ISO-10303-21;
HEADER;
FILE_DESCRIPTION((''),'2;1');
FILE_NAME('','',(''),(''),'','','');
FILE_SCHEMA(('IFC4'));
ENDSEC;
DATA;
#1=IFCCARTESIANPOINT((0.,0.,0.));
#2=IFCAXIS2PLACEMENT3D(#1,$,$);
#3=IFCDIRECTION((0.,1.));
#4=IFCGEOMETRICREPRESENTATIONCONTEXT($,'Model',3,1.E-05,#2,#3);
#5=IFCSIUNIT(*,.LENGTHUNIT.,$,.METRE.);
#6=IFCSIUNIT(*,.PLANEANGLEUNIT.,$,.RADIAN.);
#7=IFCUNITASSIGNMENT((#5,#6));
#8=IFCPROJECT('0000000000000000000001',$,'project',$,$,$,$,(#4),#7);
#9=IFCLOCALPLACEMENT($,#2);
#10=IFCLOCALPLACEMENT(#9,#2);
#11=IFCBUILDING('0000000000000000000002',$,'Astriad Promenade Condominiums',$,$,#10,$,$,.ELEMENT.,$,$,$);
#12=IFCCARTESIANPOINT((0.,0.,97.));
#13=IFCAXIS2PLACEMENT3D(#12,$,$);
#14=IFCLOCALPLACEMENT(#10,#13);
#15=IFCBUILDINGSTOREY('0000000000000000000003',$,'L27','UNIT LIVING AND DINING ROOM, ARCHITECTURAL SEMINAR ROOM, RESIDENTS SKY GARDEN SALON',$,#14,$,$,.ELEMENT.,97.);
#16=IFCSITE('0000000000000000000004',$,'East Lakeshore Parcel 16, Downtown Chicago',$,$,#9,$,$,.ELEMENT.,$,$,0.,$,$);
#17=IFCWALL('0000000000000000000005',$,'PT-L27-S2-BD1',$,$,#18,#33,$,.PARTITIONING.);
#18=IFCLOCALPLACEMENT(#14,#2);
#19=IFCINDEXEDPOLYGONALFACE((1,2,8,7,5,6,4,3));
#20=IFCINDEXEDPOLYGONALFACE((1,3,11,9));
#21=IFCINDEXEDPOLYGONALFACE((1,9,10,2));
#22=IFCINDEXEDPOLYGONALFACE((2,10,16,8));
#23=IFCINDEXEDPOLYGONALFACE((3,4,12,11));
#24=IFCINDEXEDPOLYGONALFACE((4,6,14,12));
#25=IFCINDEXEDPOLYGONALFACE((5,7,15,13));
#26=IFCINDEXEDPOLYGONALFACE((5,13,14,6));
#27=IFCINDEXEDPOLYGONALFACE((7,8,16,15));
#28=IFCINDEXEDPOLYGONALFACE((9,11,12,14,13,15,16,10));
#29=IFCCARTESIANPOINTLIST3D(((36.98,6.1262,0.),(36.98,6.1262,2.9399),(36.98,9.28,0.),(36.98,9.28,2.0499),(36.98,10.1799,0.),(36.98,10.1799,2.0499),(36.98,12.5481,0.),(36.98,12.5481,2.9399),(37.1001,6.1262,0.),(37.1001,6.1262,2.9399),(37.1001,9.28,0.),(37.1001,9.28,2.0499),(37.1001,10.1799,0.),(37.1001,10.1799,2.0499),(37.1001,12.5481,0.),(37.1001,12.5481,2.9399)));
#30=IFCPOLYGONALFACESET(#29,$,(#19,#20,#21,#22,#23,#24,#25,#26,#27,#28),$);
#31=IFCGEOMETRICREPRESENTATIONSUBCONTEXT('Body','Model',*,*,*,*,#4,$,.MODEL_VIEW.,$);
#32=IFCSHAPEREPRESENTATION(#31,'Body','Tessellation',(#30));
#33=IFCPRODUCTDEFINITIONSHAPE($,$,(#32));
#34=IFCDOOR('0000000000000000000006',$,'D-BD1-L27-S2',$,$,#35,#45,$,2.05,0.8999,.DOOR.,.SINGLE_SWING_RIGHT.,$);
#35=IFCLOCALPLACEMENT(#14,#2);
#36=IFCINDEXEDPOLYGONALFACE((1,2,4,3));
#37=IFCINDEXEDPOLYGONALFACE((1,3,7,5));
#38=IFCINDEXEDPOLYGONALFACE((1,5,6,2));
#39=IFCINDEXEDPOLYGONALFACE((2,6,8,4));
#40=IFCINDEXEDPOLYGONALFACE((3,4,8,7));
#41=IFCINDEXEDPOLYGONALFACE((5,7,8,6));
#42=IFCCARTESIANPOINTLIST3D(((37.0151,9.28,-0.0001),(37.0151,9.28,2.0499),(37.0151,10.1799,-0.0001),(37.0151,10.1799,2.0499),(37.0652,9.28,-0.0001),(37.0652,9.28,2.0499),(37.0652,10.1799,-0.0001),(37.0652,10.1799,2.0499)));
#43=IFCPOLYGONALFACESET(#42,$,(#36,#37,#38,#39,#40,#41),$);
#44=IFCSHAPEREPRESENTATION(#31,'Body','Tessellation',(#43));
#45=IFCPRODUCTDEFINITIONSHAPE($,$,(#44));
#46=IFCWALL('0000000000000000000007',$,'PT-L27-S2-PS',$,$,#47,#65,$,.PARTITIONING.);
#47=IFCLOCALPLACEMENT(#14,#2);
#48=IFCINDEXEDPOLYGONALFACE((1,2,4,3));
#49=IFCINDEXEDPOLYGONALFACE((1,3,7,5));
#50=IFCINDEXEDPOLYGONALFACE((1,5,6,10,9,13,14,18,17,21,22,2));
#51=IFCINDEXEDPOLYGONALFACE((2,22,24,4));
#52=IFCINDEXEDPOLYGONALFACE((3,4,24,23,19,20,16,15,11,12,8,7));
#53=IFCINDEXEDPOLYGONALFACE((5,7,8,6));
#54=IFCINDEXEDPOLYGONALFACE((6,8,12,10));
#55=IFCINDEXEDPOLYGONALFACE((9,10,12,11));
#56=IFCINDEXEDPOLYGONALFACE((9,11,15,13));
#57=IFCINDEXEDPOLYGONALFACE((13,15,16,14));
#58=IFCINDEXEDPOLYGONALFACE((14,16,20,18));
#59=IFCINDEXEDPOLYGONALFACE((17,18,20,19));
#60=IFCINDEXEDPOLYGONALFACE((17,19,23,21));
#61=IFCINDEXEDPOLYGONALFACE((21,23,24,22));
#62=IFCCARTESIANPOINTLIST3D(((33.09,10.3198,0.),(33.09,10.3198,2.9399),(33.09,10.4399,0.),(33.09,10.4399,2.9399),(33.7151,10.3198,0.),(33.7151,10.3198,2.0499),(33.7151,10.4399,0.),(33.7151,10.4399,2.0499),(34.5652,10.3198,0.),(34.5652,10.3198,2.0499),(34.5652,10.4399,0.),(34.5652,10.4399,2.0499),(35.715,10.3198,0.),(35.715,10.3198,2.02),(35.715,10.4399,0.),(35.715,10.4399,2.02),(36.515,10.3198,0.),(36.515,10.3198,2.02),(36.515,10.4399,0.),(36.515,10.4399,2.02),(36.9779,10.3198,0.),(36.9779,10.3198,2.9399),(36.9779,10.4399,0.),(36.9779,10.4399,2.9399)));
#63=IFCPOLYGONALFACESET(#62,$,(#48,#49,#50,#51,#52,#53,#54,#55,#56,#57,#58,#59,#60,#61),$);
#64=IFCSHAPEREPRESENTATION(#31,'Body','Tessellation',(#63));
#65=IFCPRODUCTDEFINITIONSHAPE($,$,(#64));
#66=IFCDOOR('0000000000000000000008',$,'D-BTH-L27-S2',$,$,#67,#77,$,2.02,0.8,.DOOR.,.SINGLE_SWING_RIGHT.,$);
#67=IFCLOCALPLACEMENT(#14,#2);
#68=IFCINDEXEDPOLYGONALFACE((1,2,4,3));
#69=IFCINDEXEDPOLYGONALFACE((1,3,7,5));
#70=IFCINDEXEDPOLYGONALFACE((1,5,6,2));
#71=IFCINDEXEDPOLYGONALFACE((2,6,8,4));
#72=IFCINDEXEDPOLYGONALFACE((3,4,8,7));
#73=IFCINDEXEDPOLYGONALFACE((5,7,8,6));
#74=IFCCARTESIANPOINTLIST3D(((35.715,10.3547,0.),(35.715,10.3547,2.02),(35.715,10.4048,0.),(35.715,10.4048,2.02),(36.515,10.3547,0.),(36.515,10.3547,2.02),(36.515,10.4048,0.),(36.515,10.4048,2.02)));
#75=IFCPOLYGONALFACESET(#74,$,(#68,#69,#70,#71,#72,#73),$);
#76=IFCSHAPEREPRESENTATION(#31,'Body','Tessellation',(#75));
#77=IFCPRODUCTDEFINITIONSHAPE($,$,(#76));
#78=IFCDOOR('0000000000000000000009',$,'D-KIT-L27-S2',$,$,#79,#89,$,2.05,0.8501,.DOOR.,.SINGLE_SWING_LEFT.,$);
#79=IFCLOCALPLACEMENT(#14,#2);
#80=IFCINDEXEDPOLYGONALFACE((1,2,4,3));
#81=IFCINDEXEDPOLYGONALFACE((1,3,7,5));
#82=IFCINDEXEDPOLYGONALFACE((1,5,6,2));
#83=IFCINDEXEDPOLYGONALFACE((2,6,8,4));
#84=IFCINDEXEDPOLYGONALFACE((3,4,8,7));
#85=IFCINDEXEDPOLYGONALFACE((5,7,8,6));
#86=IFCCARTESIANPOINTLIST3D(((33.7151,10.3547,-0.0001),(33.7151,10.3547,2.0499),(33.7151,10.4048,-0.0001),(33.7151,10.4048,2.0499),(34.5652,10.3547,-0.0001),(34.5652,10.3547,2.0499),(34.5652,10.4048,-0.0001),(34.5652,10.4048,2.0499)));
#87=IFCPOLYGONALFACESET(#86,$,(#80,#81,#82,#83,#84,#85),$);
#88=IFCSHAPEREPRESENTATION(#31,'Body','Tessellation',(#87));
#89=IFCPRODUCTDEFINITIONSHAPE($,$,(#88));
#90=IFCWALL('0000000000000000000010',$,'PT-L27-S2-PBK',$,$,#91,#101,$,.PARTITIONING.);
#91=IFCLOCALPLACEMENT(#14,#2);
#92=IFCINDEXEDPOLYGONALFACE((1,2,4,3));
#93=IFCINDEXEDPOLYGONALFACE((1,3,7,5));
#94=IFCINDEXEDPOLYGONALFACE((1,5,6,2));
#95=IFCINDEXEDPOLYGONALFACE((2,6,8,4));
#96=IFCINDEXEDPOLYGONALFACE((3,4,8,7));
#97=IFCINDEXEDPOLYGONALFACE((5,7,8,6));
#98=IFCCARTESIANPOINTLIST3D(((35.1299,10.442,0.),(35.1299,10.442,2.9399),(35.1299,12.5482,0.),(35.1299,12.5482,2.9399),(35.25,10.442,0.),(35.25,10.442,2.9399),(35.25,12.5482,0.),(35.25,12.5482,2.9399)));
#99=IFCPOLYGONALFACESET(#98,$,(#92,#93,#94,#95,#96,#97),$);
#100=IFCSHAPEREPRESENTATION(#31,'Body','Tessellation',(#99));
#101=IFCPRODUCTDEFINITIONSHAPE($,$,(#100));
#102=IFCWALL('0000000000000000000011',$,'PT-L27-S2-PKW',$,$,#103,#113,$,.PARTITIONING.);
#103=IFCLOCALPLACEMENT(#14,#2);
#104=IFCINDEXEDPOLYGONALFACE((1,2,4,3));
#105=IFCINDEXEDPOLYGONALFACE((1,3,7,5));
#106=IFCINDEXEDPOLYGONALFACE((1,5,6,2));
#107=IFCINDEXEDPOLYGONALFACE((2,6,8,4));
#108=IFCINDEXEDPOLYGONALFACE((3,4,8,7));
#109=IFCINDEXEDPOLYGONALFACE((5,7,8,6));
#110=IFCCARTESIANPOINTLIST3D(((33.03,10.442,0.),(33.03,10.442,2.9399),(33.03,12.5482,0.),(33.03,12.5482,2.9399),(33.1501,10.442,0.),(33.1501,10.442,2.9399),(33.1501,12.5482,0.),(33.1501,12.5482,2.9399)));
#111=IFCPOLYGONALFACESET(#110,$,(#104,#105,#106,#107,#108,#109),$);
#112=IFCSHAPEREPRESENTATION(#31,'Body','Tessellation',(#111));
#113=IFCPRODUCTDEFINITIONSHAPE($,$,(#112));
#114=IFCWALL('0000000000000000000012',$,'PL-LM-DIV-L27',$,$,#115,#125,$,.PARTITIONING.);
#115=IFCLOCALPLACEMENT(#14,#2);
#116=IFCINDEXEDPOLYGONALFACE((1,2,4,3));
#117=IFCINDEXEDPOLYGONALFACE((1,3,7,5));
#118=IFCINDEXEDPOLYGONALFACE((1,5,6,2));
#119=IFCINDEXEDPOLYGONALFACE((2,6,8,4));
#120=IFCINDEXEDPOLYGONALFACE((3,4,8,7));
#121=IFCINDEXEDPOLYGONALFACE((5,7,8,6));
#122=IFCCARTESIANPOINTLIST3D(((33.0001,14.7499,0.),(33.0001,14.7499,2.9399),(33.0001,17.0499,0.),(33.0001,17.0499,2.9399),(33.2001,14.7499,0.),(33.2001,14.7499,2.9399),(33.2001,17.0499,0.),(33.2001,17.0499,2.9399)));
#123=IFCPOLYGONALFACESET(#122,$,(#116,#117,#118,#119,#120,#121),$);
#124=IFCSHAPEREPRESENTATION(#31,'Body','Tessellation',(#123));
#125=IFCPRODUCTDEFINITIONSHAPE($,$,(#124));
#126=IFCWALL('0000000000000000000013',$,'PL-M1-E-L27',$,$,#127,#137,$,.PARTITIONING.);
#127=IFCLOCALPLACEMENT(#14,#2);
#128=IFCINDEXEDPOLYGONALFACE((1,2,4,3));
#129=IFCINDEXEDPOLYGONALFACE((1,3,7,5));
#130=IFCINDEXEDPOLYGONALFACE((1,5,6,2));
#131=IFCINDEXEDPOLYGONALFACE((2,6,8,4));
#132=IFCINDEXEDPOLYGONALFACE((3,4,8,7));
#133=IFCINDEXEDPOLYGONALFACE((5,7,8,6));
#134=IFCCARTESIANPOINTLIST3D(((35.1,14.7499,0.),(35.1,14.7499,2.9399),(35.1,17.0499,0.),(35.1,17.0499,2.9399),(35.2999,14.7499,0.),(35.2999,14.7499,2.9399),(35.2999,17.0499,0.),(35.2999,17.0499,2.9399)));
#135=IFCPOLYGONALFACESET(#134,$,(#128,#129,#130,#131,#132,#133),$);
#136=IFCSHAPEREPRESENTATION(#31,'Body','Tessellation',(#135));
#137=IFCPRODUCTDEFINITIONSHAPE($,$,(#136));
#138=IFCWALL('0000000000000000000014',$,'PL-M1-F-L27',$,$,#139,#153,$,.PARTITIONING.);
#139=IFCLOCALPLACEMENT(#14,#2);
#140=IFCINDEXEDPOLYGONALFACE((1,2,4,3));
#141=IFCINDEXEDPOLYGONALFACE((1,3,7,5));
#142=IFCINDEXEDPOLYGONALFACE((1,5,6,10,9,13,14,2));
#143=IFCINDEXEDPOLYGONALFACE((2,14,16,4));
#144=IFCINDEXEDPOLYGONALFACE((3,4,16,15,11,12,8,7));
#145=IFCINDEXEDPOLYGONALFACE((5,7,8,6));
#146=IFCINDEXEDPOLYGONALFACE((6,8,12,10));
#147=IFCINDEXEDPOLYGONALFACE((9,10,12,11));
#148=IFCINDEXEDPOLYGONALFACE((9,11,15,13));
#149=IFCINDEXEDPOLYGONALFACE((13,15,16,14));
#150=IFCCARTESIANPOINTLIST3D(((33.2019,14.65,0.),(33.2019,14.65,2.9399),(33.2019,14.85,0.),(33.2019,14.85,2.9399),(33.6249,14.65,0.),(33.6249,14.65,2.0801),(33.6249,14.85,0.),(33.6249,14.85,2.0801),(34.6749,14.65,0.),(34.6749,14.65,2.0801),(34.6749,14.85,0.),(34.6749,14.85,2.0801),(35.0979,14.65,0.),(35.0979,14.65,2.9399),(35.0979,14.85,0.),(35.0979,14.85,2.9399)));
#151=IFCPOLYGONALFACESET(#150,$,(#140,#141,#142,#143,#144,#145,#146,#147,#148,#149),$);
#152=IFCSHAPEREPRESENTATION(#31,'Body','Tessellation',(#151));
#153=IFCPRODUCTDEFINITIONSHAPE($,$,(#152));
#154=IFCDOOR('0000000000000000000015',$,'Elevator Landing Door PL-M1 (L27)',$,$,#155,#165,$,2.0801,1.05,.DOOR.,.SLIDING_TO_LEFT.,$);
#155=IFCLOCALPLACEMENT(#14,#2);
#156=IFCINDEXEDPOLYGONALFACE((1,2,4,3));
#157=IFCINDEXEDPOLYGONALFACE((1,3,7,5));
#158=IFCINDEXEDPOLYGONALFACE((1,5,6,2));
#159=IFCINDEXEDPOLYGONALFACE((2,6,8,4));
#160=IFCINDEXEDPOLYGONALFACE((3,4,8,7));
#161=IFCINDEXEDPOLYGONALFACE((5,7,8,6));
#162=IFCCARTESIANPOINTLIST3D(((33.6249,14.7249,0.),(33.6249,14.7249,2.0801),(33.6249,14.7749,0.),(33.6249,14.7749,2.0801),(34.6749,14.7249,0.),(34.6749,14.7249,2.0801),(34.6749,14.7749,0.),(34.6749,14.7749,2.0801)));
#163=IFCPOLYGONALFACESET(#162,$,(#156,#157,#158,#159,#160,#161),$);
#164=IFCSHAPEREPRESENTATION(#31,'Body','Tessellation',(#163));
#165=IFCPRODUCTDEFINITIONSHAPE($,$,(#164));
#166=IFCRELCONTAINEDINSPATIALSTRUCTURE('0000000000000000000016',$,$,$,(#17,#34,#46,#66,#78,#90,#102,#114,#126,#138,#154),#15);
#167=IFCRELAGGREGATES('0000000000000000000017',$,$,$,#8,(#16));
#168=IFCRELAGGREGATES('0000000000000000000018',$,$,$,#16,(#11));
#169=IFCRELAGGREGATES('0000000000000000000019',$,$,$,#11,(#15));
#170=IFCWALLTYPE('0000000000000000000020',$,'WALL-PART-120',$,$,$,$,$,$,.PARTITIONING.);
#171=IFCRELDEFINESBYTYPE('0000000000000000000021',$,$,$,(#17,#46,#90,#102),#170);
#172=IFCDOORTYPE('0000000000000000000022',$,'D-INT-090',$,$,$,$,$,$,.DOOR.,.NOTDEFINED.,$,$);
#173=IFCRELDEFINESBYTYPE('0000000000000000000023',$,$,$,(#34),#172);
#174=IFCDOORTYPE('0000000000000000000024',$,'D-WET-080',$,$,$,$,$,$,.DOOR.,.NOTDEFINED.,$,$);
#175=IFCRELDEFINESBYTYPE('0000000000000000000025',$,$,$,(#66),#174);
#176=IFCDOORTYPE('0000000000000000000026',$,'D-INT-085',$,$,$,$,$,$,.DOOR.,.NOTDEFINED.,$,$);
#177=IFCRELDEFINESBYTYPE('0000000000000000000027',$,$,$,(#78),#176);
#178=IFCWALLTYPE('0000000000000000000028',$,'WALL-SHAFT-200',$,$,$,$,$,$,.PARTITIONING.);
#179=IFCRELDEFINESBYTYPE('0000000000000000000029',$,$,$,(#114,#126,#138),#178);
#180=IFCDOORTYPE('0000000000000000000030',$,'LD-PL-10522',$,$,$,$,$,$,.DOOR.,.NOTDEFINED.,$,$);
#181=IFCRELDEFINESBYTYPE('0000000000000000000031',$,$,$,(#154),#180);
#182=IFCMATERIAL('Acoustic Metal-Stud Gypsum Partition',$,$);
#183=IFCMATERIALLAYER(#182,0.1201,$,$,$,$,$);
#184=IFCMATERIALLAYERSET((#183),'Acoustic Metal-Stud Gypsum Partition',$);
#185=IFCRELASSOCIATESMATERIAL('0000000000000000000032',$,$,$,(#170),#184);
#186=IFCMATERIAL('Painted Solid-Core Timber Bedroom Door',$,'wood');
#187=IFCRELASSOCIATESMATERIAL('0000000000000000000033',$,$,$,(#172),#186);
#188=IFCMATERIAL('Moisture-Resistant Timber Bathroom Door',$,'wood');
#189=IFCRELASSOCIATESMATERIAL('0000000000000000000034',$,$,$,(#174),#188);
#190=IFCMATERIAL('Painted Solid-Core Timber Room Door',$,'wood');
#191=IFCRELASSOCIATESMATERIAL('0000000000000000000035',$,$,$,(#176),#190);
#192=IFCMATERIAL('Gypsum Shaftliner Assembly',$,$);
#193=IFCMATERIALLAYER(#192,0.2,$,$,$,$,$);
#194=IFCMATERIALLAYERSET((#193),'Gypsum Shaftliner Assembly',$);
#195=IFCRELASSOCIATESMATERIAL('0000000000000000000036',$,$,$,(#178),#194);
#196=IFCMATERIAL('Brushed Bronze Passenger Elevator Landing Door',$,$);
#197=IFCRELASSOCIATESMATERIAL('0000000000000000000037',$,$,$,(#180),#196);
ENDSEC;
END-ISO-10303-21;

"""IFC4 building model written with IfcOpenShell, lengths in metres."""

from ifc_helpers import new_model, si_unit, direction, frame, frame_2d, origin, place, context, subcontext, project, spatial, rectangle, extrude, source, transform, mapped, material, layer, layer_set, type_object, type_shapes, element, fill, save


model = new_model("IFC4")

# Units and contexts
model_context = context("Model", 3, precision=1e-05, world=origin(), true_north=direction((0.0, 1.0)))
body_context = subcontext(model_context, "Body", "Model", "MODEL_VIEW")
ifc_project = project(units=[si_unit("LENGTHUNIT", "METRE"), si_unit("PLANEANGLEUNIT", "RADIAN")], contexts=[model_context])

# Site, building, storey
site_placement = place(None, origin())
site = spatial("IfcSite", under=ifc_project, at=site_placement, Name="East Lakeshore Parcel 16, Downtown Chicago", CompositionType="ELEMENT", RefElevation=0.0)
building_placement = place(site_placement, origin())
building = spatial("IfcBuilding", under=site, at=building_placement, Name="Astriad Promenade Condominiums", CompositionType="ELEMENT")
storey_placement = place(building_placement, frame((0.0, 0.0, 97.0)))
storey = spatial("IfcBuildingStorey", under=building, at=storey_placement, Name="L27", Description="UNIT LIVING AND DINING ROOM, ARCHITECTURAL SEMINAR ROOM, RESIDENTS SKY GARDEN SALON", CompositionType="ELEMENT", Elevation=97.0)

# Wall, opening, door
ifc_material_1 = material(Name="Acoustic Metal-Stud Gypsum Partition")
ifc_layer_1 = layer(ifc_material_1, 0.1201)
ifc_layer_set_1 = layer_set([ifc_layer_1], Name="Acoustic Metal-Stud Gypsum Partition")
wall_type_1 = type_object("IfcWallType", Name="WALL-PART-120", PredefinedType="PARTITIONING", material=ifc_layer_set_1)
wall_1_placement = place(storey_placement, frame((37.04, 6.1262, 0.0), z_axis=(0.0, 0.0, 1.0), x_axis=(0.0, 1.0, 0.0)))
wall_1 = element("IfcWall", 1, at=wall_1_placement, inside=storey, type_object=wall_type_1, Name="PT-L27-S2-BD1", PredefinedType="PARTITIONING", context=body_context, shape_type="SweptSolid", body=[
    extrude(rectangle(XDim=6.4219, YDim=0.1201, at=frame_2d((3.2109, 0.0))), origin(), (0.0, 0.0, 1.0), 2.9399),
])
opening_1_placement = place(wall_1_placement, frame((3.1538, 0.0, 0.0)))
opening_1 = element("IfcOpeningElement", 2, at=opening_1_placement, cuts=wall_1, PredefinedType="OPENING", context=body_context, shape_type="SweptSolid", body=[
    extrude(rectangle(XDim=0.8999, YDim=2.05, at=frame_2d((0.45, 1.0249))), frame((0.0, 0.0701, 0.0), z_axis=(0.0, -1.0, 0.0), x_axis=(1.0, 0.0, 0.0)), (0.0, 0.0, 1.0), 0.1401),
])
ifc_material_2 = material(Name="Painted Solid-Core Timber Bedroom Door", Category="wood")
door_type_1 = type_object("IfcDoorType", Name="D-INT-090", OperationType="NOTDEFINED", PredefinedType="DOOR", material=ifc_material_2)
shared_shape_1 = source(origin(), body_context, "Body", "SweptSolid", [
    extrude(rectangle(XDim=0.8999, YDim=2.05, at=frame_2d((0.45, 1.0249))), frame((0.0, 0.0249, 0.0), z_axis=(0.0, -1.0, 0.0), x_axis=(1.0, 0.0, 0.0)), (0.0, 0.0, 1.0), 0.05),
])
type_shapes(door_type_1, [shared_shape_1])
door_1_placement = place(opening_1_placement, origin())
door_1 = element("IfcDoor", 3, at=door_1_placement, inside=storey, type_object=door_type_1, Name="D-BD1-L27-S2", OperationType="SINGLE_SWING_RIGHT", OverallHeight=2.05, OverallWidth=0.8999, PredefinedType="DOOR", context=body_context, shape_type="MappedRepresentation", body=[
    mapped(shared_shape_1, transform((0.0, 0.0, 0.0), scale=1.0)),
])
fill(opening_1, door_1)

# Wall, openings, doors
wall_2_placement = place(storey_placement, frame((33.0901, 10.3799, 0.0), z_axis=(0.0, 0.0, 1.0), x_axis=(1.0, 0.0, 0.0)))
wall_2 = element("IfcWall", 4, at=wall_2_placement, inside=storey, type_object=wall_type_1, Name="PT-L27-S2-PS", PredefinedType="PARTITIONING", context=body_context, shape_type="SweptSolid", body=[
    extrude(rectangle(XDim=3.8879, YDim=0.1201, at=frame_2d((1.9438, 0.0))), origin(), (0.0, 0.0, 1.0), 2.9399),
])
opening_2_placement = place(wall_2_placement, frame((0.625, 0.0, 0.0)))
opening_2 = element("IfcOpeningElement", 5, at=opening_2_placement, cuts=wall_2, PredefinedType="OPENING", context=body_context, shape_type="SweptSolid", body=[
    extrude(rectangle(XDim=0.8501, YDim=2.05, at=frame_2d((0.425, 1.0249))), frame((0.0, 0.0701, 0.0), z_axis=(0.0, -1.0, 0.0), x_axis=(1.0, 0.0, 0.0)), (0.0, 0.0, 1.0), 0.1401),
])
opening_3_placement = place(wall_2_placement, frame((2.625, 0.0, 0.0)))
opening_3 = element("IfcOpeningElement", 6, at=opening_3_placement, cuts=wall_2, PredefinedType="OPENING", context=body_context, shape_type="SweptSolid", body=[
    extrude(rectangle(XDim=0.8, YDim=2.02, at=frame_2d((0.3999, 1.01))), frame((0.0, 0.0701, 0.0), z_axis=(0.0, -1.0, 0.0), x_axis=(1.0, 0.0, 0.0)), (0.0, 0.0, 1.0), 0.1401),
])
ifc_material_3 = material(Name="Moisture-Resistant Timber Bathroom Door", Category="wood")
door_type_2 = type_object("IfcDoorType", Name="D-WET-080", OperationType="NOTDEFINED", PredefinedType="DOOR", material=ifc_material_3)
shared_shape_2 = source(origin(), body_context, "Body", "SweptSolid", [
    extrude(rectangle(XDim=0.8, YDim=2.02, at=frame_2d((0.3999, 1.01))), frame((0.0, 0.0249, 0.0), z_axis=(0.0, -1.0, 0.0), x_axis=(1.0, 0.0, 0.0)), (0.0, 0.0, 1.0), 0.05),
])
type_shapes(door_type_2, [shared_shape_2])
door_2_placement = place(opening_3_placement, origin())
door_2 = element("IfcDoor", 7, at=door_2_placement, inside=storey, type_object=door_type_2, Name="D-BTH-L27-S2", OperationType="SINGLE_SWING_RIGHT", OverallHeight=2.02, OverallWidth=0.8, PredefinedType="DOOR", context=body_context, shape_type="MappedRepresentation", body=[
    mapped(shared_shape_2, transform((0.0, 0.0, 0.0), scale=1.0)),
])
fill(opening_3, door_2)
ifc_material_4 = material(Name="Painted Solid-Core Timber Room Door", Category="wood")
door_type_3 = type_object("IfcDoorType", Name="D-INT-085", OperationType="NOTDEFINED", PredefinedType="DOOR", material=ifc_material_4)
shared_shape_3 = source(origin(), body_context, "Body", "SweptSolid", [
    extrude(rectangle(XDim=0.8501, YDim=2.05, at=frame_2d((0.425, 1.0249))), frame((0.0, 0.0249, 0.0), z_axis=(0.0, -1.0, 0.0), x_axis=(1.0, 0.0, 0.0)), (0.0, 0.0, 1.0), 0.05),
])
type_shapes(door_type_3, [shared_shape_3])
door_3_placement = place(opening_2_placement, origin())
door_3 = element("IfcDoor", 8, at=door_3_placement, inside=storey, type_object=door_type_3, Name="D-KIT-L27-S2", OperationType="SINGLE_SWING_LEFT", OverallHeight=2.05, OverallWidth=0.8501, PredefinedType="DOOR", context=body_context, shape_type="MappedRepresentation", body=[
    mapped(shared_shape_3, transform((0.0, 0.0, 0.0), scale=1.0)),
])
fill(opening_2, door_3)

# Walls
for number, where, z_axis, x_axis, name in (
    (9, (35.1899, 10.4419, 0.0), (0.0, 0.0, 1.0), (0.0, 1.0, 0.0), "PT-L27-S2-PBK"),
    (10, (33.0901, 10.4419, 0.0), (0.0, 0.0, 1.0), (0.0, 1.0, 0.0), "PT-L27-S2-PKW"),
):
    element("IfcWall", number, at=place(storey_placement, frame(where, z_axis=z_axis, x_axis=x_axis)), inside=storey, type_object=wall_type_1, Name=name, PredefinedType="PARTITIONING", context=body_context, shape_type="SweptSolid", body=[
        extrude(rectangle(XDim=2.1062, YDim=0.1201, at=frame_2d((1.0532, 0.0))), origin(), (0.0, 0.0, 1.0), 2.9399),
    ])
ifc_material_5 = material(Name="Gypsum Shaftliner Assembly")
ifc_layer_2 = layer(ifc_material_5, 0.2)
ifc_layer_set_2 = layer_set([ifc_layer_2], Name="Gypsum Shaftliner Assembly")
wall_type_2 = type_object("IfcWallType", Name="WALL-SHAFT-200", PredefinedType="PARTITIONING", material=ifc_layer_set_2)
for number, where, z_axis, x_axis, name in (
    (11, (33.1001, 14.75, 0.0), (0.0, 0.0, 1.0), (0.0, 1.0, 0.0), "PL-LM-DIV-L27"),
    (12, (35.2, 14.75, 0.0), (0.0, 0.0, 1.0), (0.0, 1.0, 0.0), "PL-M1-E-L27"),
):
    element("IfcWall", number, at=place(storey_placement, frame(where, z_axis=z_axis, x_axis=x_axis)), inside=storey, type_object=wall_type_2, Name=name, PredefinedType="PARTITIONING", context=body_context, shape_type="SweptSolid", body=[
        extrude(rectangle(XDim=2.3, YDim=0.2, at=frame_2d((1.1499, 0.0))), origin(), (0.0, 0.0, 1.0), 2.9399),
    ])

# Wall, opening, door
wall_3_placement = place(storey_placement, frame((33.2019, 14.75, 0.0), z_axis=(0.0, 0.0, 1.0), x_axis=(1.0, 0.0, 0.0)))
wall_3 = element("IfcWall", 13, at=wall_3_placement, inside=storey, type_object=wall_type_2, Name="PL-M1-F-L27", PredefinedType="PARTITIONING", context=body_context, shape_type="SweptSolid", body=[
    extrude(rectangle(XDim=1.896, YDim=0.2, at=frame_2d((0.948, 0.0))), origin(), (0.0, 0.0, 1.0), 2.9399),
])
opening_4_placement = place(wall_3_placement, frame((0.4231, 0.0, 0.0)))
opening_4 = element("IfcOpeningElement", 14, at=opening_4_placement, cuts=wall_3, PredefinedType="OPENING", context=body_context, shape_type="SweptSolid", body=[
    extrude(rectangle(XDim=1.05, YDim=2.0801, at=frame_2d((0.5249, 1.04))), frame((0.0, 0.1099, 0.0), z_axis=(0.0, -1.0, 0.0), x_axis=(1.0, 0.0, 0.0)), (0.0, 0.0, 1.0), 0.22),
])
ifc_material_6 = material(Name="Brushed Bronze Passenger Elevator Landing Door")
door_type_4 = type_object("IfcDoorType", Name="LD-PL-10522", OperationType="NOTDEFINED", PredefinedType="DOOR", material=ifc_material_6)
shared_shape_4 = source(origin(), body_context, "Body", "SweptSolid", [
    extrude(rectangle(XDim=1.05, YDim=2.0801, at=frame_2d((0.5249, 1.04))), frame((0.0, 0.0249, 0.0), z_axis=(0.0, -1.0, 0.0), x_axis=(1.0, 0.0, 0.0)), (0.0, 0.0, 1.0), 0.05),
])
type_shapes(door_type_4, [shared_shape_4])
door_4_placement = place(opening_4_placement, origin())
door_4 = element("IfcDoor", 15, at=door_4_placement, inside=storey, type_object=door_type_4, Name="Elevator Landing Door PL-M1 (L27)", OperationType="SLIDING_TO_LEFT", OverallHeight=2.0801, OverallWidth=1.05, PredefinedType="DOOR", context=body_context, shape_type="MappedRepresentation", body=[
    mapped(shared_shape_4, transform((0.0, 0.0, 0.0), scale=1.0)),
])
fill(opening_4, door_4)

save(model, "model.ifc")
